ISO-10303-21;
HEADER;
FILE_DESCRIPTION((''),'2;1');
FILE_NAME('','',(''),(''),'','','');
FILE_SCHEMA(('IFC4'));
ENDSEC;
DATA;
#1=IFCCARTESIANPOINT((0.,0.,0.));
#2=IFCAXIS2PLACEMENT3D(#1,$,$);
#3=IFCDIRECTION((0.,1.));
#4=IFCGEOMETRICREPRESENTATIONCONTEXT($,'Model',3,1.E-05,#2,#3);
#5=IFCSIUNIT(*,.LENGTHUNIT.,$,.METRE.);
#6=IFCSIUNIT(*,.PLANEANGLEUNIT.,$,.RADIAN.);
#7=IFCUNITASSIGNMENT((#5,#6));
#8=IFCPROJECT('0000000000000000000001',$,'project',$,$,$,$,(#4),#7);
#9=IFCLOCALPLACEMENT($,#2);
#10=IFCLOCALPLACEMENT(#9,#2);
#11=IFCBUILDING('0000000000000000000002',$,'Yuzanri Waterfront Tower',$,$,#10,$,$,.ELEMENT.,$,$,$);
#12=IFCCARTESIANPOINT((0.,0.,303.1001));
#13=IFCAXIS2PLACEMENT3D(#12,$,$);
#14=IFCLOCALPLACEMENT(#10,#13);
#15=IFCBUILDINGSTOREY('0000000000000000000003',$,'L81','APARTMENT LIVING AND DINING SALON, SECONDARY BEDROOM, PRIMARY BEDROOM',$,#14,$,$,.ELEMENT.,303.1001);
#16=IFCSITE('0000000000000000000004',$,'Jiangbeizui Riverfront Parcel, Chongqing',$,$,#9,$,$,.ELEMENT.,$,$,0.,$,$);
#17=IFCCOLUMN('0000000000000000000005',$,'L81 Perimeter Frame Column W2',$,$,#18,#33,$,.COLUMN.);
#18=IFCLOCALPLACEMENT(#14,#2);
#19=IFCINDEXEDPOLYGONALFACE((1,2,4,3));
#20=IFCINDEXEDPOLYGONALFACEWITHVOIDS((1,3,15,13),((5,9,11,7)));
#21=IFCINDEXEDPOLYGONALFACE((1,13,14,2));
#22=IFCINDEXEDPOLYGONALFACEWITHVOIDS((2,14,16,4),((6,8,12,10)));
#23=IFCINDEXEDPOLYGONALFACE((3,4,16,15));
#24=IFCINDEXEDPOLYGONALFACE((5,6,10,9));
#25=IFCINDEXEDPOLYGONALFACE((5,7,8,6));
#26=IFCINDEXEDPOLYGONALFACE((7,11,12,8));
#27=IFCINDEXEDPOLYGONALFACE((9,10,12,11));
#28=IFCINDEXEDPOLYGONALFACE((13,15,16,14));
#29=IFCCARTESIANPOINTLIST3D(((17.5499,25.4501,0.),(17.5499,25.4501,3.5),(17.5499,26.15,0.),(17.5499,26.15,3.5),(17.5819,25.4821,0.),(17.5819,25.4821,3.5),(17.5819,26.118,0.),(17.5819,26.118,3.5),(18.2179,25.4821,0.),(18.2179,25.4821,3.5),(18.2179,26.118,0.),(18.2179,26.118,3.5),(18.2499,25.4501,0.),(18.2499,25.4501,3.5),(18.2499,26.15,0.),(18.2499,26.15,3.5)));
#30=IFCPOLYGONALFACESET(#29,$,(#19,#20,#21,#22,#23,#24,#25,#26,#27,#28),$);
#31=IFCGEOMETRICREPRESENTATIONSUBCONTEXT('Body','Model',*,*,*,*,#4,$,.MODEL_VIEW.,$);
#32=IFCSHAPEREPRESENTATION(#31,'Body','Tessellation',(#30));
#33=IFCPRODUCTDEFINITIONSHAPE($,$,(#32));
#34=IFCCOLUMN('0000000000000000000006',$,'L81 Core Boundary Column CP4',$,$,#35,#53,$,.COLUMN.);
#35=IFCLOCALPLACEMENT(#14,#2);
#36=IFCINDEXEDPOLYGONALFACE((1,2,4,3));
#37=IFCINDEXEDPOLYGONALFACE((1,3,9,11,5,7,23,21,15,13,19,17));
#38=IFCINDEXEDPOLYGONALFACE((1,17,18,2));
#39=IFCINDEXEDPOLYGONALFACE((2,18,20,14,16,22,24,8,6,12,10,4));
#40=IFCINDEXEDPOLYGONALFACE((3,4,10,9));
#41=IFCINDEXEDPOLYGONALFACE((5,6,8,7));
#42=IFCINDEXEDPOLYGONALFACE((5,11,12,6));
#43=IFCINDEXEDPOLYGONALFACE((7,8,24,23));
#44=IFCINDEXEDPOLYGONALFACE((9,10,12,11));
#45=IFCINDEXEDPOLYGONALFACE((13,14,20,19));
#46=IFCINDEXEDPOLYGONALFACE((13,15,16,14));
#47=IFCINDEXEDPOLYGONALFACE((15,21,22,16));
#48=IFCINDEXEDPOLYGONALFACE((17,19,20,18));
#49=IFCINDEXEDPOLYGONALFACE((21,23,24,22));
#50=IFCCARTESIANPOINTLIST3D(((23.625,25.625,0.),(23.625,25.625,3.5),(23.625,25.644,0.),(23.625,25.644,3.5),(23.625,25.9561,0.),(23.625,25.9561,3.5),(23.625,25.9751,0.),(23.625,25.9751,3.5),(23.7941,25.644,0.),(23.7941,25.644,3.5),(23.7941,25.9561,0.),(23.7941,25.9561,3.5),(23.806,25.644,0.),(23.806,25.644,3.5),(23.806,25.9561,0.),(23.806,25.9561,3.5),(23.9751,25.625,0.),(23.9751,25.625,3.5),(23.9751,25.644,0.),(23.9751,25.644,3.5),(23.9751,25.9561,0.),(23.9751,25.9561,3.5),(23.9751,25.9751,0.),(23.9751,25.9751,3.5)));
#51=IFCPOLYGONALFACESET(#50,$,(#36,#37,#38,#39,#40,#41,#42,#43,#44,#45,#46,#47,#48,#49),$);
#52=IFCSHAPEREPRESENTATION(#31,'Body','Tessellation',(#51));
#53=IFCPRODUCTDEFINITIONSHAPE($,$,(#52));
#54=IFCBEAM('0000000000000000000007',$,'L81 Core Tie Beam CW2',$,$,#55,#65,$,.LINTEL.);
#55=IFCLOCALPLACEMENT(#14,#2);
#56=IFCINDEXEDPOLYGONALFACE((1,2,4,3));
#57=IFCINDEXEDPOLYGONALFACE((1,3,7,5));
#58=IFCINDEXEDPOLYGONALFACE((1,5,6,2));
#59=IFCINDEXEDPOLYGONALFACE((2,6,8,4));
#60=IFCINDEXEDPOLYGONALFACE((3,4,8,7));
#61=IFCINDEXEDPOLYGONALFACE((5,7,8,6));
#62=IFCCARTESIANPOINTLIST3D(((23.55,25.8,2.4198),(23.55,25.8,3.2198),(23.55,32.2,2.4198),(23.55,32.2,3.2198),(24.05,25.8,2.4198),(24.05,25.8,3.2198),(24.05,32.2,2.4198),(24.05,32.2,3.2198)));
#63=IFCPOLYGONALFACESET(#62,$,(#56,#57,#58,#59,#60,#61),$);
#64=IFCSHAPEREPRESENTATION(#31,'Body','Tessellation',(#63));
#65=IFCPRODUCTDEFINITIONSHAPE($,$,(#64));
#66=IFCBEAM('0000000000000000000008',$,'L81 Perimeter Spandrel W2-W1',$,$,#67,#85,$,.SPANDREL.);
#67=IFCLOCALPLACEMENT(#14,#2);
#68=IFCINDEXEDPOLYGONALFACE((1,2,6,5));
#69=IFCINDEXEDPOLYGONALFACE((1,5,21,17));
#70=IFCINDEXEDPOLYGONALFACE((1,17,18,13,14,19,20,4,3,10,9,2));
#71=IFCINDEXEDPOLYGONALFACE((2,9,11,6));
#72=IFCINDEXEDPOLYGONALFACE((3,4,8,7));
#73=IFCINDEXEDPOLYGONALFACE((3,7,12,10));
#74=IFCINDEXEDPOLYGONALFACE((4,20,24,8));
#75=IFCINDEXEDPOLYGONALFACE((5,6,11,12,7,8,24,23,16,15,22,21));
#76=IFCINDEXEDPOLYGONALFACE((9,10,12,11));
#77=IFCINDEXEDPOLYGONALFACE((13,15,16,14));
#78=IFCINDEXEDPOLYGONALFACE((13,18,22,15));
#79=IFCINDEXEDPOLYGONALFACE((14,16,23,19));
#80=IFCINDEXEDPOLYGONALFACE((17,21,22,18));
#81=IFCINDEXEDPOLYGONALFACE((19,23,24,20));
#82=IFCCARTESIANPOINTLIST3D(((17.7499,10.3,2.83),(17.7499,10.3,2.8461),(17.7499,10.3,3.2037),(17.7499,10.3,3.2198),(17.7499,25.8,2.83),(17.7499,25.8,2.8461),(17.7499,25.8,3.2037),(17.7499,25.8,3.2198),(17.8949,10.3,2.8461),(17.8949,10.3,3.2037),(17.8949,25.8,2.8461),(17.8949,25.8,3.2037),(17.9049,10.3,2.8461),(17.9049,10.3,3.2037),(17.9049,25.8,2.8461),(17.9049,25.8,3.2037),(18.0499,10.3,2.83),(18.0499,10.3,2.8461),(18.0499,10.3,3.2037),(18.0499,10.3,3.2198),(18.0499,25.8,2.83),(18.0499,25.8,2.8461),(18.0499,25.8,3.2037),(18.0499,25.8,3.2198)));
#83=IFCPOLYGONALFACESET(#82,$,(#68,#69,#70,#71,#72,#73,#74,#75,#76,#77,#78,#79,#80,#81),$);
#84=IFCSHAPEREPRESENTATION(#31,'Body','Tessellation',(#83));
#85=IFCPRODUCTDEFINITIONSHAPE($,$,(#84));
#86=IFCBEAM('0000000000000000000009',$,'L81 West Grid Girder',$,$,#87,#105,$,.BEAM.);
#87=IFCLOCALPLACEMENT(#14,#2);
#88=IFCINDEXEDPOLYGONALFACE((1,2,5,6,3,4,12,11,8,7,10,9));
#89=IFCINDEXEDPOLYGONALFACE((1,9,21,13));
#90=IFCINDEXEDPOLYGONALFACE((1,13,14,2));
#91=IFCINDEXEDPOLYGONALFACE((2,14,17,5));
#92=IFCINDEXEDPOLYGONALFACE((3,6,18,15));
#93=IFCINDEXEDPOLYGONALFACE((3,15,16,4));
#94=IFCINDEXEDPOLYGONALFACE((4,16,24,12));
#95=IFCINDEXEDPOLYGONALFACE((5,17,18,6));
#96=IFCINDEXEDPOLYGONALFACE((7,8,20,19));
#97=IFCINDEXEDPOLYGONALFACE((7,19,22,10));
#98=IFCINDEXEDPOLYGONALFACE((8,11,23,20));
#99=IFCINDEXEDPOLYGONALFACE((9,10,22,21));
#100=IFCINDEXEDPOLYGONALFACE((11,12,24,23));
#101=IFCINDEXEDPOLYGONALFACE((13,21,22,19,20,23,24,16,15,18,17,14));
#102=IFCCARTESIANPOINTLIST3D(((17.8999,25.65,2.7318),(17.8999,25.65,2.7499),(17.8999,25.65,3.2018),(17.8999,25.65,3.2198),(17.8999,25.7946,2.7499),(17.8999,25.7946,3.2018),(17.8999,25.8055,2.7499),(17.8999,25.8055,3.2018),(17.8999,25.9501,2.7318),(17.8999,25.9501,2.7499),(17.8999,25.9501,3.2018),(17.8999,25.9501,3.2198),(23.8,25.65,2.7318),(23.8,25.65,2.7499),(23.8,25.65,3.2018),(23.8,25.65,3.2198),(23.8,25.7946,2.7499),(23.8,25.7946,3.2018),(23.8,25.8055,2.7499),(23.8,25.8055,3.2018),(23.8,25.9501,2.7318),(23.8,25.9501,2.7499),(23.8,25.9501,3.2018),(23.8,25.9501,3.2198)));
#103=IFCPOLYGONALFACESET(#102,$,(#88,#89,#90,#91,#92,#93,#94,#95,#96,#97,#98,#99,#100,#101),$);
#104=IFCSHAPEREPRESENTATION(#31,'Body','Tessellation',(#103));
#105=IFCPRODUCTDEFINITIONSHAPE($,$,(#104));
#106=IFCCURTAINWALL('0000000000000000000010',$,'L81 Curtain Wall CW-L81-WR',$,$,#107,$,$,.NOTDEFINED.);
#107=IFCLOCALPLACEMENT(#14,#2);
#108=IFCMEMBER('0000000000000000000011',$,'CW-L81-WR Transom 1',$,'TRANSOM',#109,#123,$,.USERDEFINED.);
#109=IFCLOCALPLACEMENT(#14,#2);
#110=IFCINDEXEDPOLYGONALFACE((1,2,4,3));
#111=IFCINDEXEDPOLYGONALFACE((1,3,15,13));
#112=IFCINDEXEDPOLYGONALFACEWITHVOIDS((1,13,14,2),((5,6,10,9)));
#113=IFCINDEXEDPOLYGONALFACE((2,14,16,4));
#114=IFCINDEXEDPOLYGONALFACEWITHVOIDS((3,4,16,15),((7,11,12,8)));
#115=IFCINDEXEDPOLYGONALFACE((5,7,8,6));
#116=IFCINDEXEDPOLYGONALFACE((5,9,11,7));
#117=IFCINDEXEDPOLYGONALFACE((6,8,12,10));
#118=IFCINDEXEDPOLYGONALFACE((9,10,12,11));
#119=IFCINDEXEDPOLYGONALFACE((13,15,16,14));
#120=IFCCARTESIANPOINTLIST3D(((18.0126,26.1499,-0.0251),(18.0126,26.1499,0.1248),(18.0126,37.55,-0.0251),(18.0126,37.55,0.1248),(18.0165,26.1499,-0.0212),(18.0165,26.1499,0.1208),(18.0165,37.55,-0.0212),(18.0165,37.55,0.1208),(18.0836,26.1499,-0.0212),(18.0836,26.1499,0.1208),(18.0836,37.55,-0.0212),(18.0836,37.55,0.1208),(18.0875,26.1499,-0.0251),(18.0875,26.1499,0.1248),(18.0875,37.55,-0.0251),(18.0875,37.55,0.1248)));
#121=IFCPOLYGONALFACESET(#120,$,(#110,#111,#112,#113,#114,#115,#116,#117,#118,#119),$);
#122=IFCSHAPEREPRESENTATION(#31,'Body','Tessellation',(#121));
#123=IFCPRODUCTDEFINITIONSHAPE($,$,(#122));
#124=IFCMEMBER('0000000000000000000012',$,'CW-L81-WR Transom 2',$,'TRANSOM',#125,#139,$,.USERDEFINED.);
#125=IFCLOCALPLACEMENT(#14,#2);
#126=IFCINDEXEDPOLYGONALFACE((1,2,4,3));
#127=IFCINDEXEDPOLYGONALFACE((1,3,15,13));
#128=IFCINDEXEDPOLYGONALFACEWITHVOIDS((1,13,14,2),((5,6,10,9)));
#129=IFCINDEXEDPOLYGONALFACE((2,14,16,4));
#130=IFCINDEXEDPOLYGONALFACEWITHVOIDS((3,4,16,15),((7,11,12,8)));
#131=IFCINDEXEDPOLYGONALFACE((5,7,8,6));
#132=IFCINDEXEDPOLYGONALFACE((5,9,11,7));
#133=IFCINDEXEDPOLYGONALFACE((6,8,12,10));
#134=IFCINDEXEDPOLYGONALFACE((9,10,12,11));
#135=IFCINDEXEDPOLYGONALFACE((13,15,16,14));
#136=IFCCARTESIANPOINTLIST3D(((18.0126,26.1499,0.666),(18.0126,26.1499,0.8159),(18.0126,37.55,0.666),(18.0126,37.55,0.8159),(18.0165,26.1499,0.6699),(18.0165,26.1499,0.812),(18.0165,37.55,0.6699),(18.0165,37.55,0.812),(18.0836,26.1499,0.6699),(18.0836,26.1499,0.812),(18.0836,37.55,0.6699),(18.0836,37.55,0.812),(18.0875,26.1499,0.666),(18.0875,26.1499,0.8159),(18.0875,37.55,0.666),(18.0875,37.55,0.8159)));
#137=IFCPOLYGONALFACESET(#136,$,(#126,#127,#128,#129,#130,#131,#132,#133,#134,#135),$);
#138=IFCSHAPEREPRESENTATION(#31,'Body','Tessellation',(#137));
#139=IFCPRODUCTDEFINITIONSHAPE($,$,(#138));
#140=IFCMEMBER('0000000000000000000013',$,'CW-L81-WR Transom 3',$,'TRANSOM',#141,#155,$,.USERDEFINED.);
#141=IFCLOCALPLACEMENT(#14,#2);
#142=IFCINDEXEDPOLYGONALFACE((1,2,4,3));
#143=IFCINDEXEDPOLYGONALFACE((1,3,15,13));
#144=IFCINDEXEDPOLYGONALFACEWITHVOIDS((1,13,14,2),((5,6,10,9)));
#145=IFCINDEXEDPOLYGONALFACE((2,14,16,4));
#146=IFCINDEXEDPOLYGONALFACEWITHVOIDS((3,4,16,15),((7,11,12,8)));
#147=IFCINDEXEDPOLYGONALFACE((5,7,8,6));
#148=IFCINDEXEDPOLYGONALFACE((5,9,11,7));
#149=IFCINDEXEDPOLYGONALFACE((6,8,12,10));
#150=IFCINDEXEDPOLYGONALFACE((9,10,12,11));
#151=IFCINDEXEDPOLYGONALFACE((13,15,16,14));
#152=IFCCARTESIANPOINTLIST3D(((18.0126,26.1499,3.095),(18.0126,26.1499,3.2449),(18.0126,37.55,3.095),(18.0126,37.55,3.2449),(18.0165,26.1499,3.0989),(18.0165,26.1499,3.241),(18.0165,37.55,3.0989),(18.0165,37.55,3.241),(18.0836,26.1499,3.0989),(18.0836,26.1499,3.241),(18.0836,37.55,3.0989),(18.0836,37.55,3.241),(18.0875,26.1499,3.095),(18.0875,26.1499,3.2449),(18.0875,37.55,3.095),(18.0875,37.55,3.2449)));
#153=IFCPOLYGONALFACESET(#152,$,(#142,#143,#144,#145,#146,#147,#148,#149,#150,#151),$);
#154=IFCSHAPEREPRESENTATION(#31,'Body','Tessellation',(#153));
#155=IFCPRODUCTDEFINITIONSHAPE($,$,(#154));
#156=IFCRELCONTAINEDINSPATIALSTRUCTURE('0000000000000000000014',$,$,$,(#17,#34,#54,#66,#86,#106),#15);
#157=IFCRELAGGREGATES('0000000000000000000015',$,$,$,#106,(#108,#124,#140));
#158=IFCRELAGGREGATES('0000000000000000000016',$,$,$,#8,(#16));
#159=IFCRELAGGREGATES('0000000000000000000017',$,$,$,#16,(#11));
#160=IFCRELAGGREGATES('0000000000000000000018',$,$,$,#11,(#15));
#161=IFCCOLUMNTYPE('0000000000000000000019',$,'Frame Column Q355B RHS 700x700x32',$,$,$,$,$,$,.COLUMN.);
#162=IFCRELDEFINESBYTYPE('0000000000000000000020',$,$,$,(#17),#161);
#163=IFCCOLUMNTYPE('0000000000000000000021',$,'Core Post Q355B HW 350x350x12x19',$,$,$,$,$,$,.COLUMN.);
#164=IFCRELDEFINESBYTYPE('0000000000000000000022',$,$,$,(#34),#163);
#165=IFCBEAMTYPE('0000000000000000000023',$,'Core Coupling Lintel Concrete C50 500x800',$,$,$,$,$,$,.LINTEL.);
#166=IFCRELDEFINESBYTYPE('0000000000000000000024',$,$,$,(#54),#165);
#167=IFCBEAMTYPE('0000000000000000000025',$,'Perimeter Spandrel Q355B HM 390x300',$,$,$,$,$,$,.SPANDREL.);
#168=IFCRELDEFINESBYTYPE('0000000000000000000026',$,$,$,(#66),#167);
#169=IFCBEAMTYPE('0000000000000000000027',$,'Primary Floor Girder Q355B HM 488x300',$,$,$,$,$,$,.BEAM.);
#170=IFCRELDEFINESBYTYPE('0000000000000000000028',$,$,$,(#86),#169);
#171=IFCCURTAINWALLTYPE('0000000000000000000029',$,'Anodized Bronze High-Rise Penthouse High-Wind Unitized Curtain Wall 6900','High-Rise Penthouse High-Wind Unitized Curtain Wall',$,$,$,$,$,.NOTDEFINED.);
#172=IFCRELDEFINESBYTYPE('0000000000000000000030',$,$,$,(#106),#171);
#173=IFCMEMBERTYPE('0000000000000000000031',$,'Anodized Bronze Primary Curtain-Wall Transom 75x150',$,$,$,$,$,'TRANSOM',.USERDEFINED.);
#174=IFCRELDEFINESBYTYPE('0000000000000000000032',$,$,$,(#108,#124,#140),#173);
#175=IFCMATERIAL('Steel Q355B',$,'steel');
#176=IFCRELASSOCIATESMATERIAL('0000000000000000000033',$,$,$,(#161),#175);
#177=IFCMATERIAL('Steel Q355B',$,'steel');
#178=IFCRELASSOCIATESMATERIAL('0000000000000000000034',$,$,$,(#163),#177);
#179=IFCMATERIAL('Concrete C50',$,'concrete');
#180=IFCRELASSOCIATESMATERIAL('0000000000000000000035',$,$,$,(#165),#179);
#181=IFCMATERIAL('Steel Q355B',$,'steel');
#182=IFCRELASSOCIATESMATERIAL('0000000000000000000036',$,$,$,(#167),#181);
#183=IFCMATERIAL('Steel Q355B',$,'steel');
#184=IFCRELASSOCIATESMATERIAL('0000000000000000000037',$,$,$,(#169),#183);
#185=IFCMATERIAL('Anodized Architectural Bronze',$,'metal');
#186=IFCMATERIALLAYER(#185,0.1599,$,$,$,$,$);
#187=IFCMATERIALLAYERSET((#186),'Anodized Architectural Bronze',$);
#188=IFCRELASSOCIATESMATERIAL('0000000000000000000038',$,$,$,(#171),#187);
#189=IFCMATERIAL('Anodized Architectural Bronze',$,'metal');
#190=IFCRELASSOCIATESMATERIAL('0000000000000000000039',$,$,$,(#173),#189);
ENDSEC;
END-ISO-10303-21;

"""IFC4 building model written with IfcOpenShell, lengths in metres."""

from ifc_helpers import new_model, si_unit, direction, frame, origin, origin_2d, place, context, subcontext, project, spatial, rectangle, hollow_rectangle, i_section, extrude, source, transform, mapped, material, layer, layer_set, material_profile, profile_set, type_object, element, aggregate, save


model = new_model("IFC4")

# Units and contexts
model_context = context("Model", 3, precision=1e-05, world=origin(), true_north=direction((0.0, 1.0)))
body_context = subcontext(model_context, "Body", "Model", "MODEL_VIEW")
ifc_project = project(units=[si_unit("LENGTHUNIT", "METRE"), si_unit("PLANEANGLEUNIT", "RADIAN")], contexts=[model_context])

# Site, building, storey
site_placement = place(None, origin())
site = spatial("IfcSite", under=ifc_project, at=site_placement, Name="Jiangbeizui Riverfront Parcel, Chongqing", CompositionType="ELEMENT", RefElevation=0.0)
building_placement = place(site_placement, origin())
building = spatial("IfcBuilding", under=site, at=building_placement, Name="Yuzanri Waterfront Tower", CompositionType="ELEMENT")
storey_placement = place(building_placement, frame((0.0, 0.0, 303.1001)))
storey = spatial("IfcBuildingStorey", under=building, at=storey_placement, Name="L81", Description="APARTMENT LIVING AND DINING SALON, SECONDARY BEDROOM, PRIMARY BEDROOM", CompositionType="ELEMENT", Elevation=303.1001)

# Columns
ifc_material_1 = material(Name="Steel Q355B", Category="steel")
ifc_material_profile_1 = material_profile(ifc_material_1, hollow_rectangle(XDim=0.7, YDim=0.7, WallThickness=0.032, at=origin_2d()), Name="RHS 700x700x32")
ifc_profile_set_1 = profile_set([ifc_material_profile_1], Name="Steel Q355B")
column_type_1 = type_object("IfcColumnType", Name="Frame Column Q355B RHS 700x700x32", PredefinedType="COLUMN", material=ifc_profile_set_1)
shared_shape_1 = source(origin(), body_context, "Body", "SweptSolid", [
    extrude(hollow_rectangle(XDim=0.7, YDim=0.7, WallThickness=0.032, at=origin_2d()), origin(), (0.0, 0.0, 1.0), 3.5),
])
column_1_placement = place(storey_placement, frame((17.8999, 25.8, 0.0), z_axis=(0.0, 0.0, 1.0), x_axis=(1.0, 0.0, 0.0)))
element("IfcColumn", 1, at=column_1_placement, inside=storey, type_object=column_type_1, Name="L81 Perimeter Frame Column W2", PredefinedType="COLUMN", context=body_context, shape_type="MappedRepresentation", body=[
    mapped(shared_shape_1, transform((0.0, 0.0, 0.0), scale=1.0)),
])
ifc_material_2 = material(Name="Steel Q355B", Category="steel")
ifc_material_profile_2 = material_profile(ifc_material_2, i_section(OverallWidth=0.3501, OverallDepth=0.3501, WebThickness=0.012, FlangeThickness=0.019, at=origin_2d()), Name="HW 350x350x12x19")
ifc_profile_set_2 = profile_set([ifc_material_profile_2], Name="Steel Q355B")
column_type_2 = type_object("IfcColumnType", Name="Core Post Q355B HW 350x350x12x19", PredefinedType="COLUMN", material=ifc_profile_set_2)
shared_shape_2 = source(origin(), body_context, "Body", "SweptSolid", [
    extrude(i_section(OverallWidth=0.3501, OverallDepth=0.3501, WebThickness=0.012, FlangeThickness=0.019, at=origin_2d()), origin(), (0.0, 0.0, 1.0), 3.5),
])
column_2_placement = place(storey_placement, frame((23.8, 25.8, 0.0), z_axis=(0.0, 0.0, 1.0), x_axis=(1.0, 0.0, 0.0)))
element("IfcColumn", 2, at=column_2_placement, inside=storey, type_object=column_type_2, Name="L81 Core Boundary Column CP4", PredefinedType="COLUMN", context=body_context, shape_type="MappedRepresentation", body=[
    mapped(shared_shape_2, transform((0.0, 0.0, 0.0), scale=1.0)),
])

# Beams
ifc_material_3 = material(Name="Concrete C50", Category="concrete")
ifc_material_profile_3 = material_profile(ifc_material_3, rectangle(XDim=0.5, YDim=0.8, at=origin_2d()), Name="RC 500x800")
ifc_profile_set_3 = profile_set([ifc_material_profile_3], Name="Concrete C50")
beam_type_1 = type_object("IfcBeamType", Name="Core Coupling Lintel Concrete C50 500x800", PredefinedType="LINTEL", material=ifc_profile_set_3)
shared_shape_3 = source(origin(), body_context, "Body", "SweptSolid", [
    extrude(rectangle(XDim=0.5, YDim=0.8, at=origin_2d()), origin(), (0.0, 0.0, 1.0), 6.3999),
])
beam_1_placement = place(storey_placement, frame((23.8, 25.8, 2.8198), z_axis=(0.0, 1.0, 0.0), x_axis=(-1.0, 0.0, 0.0)))
element("IfcBeam", 3, at=beam_1_placement, inside=storey, type_object=beam_type_1, Name="L81 Core Tie Beam CW2", PredefinedType="LINTEL", context=body_context, shape_type="MappedRepresentation", body=[
    mapped(shared_shape_3, transform((0.0, 0.0, 0.0), scale=1.0)),
])
ifc_material_4 = material(Name="Steel Q355B", Category="steel")
ifc_material_profile_4 = material_profile(ifc_material_4, i_section(OverallWidth=0.3, OverallDepth=0.3899, WebThickness=0.01, FlangeThickness=0.0161, at=origin_2d()), Name="HM 390x300x10x16")
ifc_profile_set_4 = profile_set([ifc_material_profile_4], Name="Steel Q355B")
beam_type_2 = type_object("IfcBeamType", Name="Perimeter Spandrel Q355B HM 390x300", PredefinedType="SPANDREL", material=ifc_profile_set_4)
shared_shape_4 = source(origin(), body_context, "Body", "SweptSolid", [
    extrude(i_section(OverallWidth=0.3, OverallDepth=0.3899, WebThickness=0.01, FlangeThickness=0.0161, at=origin_2d()), origin(), (0.0, 0.0, 1.0), 15.5),
])
beam_2_placement = place(storey_placement, frame((17.8999, 25.8, 3.0249), z_axis=(0.0, -1.0, 0.0), x_axis=(1.0, 0.0, 0.0)))
element("IfcBeam", 4, at=beam_2_placement, inside=storey, type_object=beam_type_2, Name="L81 Perimeter Spandrel W2-W1", PredefinedType="SPANDREL", context=body_context, shape_type="MappedRepresentation", body=[
    mapped(shared_shape_4, transform((0.0, 0.0, 0.0), scale=1.0)),
])
ifc_material_5 = material(Name="Steel Q355B", Category="steel")
ifc_material_profile_5 = material_profile(ifc_material_5, i_section(OverallWidth=0.3, OverallDepth=0.488, WebThickness=0.011, FlangeThickness=0.0181, at=origin_2d()), Name="HM 488x300x11x18")
ifc_profile_set_5 = profile_set([ifc_material_profile_5], Name="Steel Q355B")
beam_type_3 = type_object("IfcBeamType", Name="Primary Floor Girder Q355B HM 488x300", PredefinedType="BEAM", material=ifc_profile_set_5)
shared_shape_5 = source(origin(), body_context, "Body", "SweptSolid", [
    extrude(i_section(OverallWidth=0.3, OverallDepth=0.488, WebThickness=0.011, FlangeThickness=0.0181, at=origin_2d()), origin(), (0.0, 0.0, 1.0), 5.9001),
])
beam_3_placement = place(storey_placement, frame((23.8, 25.8, 2.9758), z_axis=(-1.0, 0.0, 0.0), x_axis=(0.0, -1.0, 0.0)))
element("IfcBeam", 5, at=beam_3_placement, inside=storey, type_object=beam_type_3, Name="L81 West Grid Girder", PredefinedType="BEAM", context=body_context, shape_type="MappedRepresentation", body=[
    mapped(shared_shape_5, transform((0.0, 0.0, 0.0), scale=1.0)),
])

# Curtain wall, members
ifc_material_6 = material(Name="Anodized Architectural Bronze", Category="metal")
ifc_layer_1 = layer(ifc_material_6, 0.1599)
ifc_layer_set_1 = layer_set([ifc_layer_1], Name="Anodized Architectural Bronze")
curtain_wall_type = type_object("IfcCurtainWallType", Name="Anodized Bronze High-Rise Penthouse High-Wind Unitized Curtain Wall 6900", Description="High-Rise Penthouse High-Wind Unitized Curtain Wall", PredefinedType="NOTDEFINED", material=ifc_layer_set_1)
curtain_wall_1_placement = place(storey_placement, origin())
curtain_wall_1 = element("IfcCurtainWall", 6, at=curtain_wall_1_placement, inside=storey, type_object=curtain_wall_type, Name="L81 Curtain Wall CW-L81-WR", PredefinedType="NOTDEFINED")
ifc_material_7 = material(Name="Anodized Architectural Bronze", Category="metal")
ifc_material_profile_6 = material_profile(ifc_material_7, hollow_rectangle(XDim=0.075, YDim=0.1499, WallThickness=0.0039, at=origin_2d()), Name="CWT 75x150")
ifc_profile_set_6 = profile_set([ifc_material_profile_6], Name="Anodized Architectural Bronze")
member_type_1 = type_object("IfcMemberType", Name="Anodized Bronze Primary Curtain-Wall Transom 75x150", ElementType="TRANSOM", PredefinedType="USERDEFINED", material=ifc_profile_set_6)
shared_shape_6 = source(origin(), body_context, "Body", "SweptSolid", [
    extrude(hollow_rectangle(XDim=0.075, YDim=0.1499, WallThickness=0.0039, at=origin_2d()), origin(), (0.0, 0.0, 1.0), 11.4001),
])
member_1_placement = place(storey_placement, frame((18.05, 26.1499, 0.0498), z_axis=(0.0, 1.0, 0.0), x_axis=(-1.0, 0.0, 0.0)))
member_1 = element("IfcMember", 7, at=member_1_placement, type_object=member_type_1, Name="CW-L81-WR Transom 1", ObjectType="TRANSOM", PredefinedType="USERDEFINED", context=body_context, shape_type="MappedRepresentation", body=[
    mapped(shared_shape_6, transform((0.0, 0.0, 0.0), scale=1.0)),
])
member_2_placement = place(storey_placement, frame((18.05, 26.1499, 0.741), z_axis=(0.0, 1.0, 0.0), x_axis=(-1.0, 0.0, 0.0)))
member_2 = element("IfcMember", 8, at=member_2_placement, type_object=member_type_1, Name="CW-L81-WR Transom 2", ObjectType="TRANSOM", PredefinedType="USERDEFINED", context=body_context, shape_type="MappedRepresentation", body=[
    mapped(shared_shape_6, transform((0.0, 0.0, 0.0), scale=1.0)),
])
member_3_placement = place(storey_placement, frame((18.05, 26.1499, 3.1699), z_axis=(0.0, 1.0, 0.0), x_axis=(-1.0, 0.0, 0.0)))
member_3 = element("IfcMember", 9, at=member_3_placement, type_object=member_type_1, Name="CW-L81-WR Transom 3", ObjectType="TRANSOM", PredefinedType="USERDEFINED", context=body_context, shape_type="MappedRepresentation", body=[
    mapped(shared_shape_6, transform((0.0, 0.0, 0.0), scale=1.0)),
])

aggregate(curtain_wall_1, [member_1, member_2, member_3])

save(model, "model.ifc")
